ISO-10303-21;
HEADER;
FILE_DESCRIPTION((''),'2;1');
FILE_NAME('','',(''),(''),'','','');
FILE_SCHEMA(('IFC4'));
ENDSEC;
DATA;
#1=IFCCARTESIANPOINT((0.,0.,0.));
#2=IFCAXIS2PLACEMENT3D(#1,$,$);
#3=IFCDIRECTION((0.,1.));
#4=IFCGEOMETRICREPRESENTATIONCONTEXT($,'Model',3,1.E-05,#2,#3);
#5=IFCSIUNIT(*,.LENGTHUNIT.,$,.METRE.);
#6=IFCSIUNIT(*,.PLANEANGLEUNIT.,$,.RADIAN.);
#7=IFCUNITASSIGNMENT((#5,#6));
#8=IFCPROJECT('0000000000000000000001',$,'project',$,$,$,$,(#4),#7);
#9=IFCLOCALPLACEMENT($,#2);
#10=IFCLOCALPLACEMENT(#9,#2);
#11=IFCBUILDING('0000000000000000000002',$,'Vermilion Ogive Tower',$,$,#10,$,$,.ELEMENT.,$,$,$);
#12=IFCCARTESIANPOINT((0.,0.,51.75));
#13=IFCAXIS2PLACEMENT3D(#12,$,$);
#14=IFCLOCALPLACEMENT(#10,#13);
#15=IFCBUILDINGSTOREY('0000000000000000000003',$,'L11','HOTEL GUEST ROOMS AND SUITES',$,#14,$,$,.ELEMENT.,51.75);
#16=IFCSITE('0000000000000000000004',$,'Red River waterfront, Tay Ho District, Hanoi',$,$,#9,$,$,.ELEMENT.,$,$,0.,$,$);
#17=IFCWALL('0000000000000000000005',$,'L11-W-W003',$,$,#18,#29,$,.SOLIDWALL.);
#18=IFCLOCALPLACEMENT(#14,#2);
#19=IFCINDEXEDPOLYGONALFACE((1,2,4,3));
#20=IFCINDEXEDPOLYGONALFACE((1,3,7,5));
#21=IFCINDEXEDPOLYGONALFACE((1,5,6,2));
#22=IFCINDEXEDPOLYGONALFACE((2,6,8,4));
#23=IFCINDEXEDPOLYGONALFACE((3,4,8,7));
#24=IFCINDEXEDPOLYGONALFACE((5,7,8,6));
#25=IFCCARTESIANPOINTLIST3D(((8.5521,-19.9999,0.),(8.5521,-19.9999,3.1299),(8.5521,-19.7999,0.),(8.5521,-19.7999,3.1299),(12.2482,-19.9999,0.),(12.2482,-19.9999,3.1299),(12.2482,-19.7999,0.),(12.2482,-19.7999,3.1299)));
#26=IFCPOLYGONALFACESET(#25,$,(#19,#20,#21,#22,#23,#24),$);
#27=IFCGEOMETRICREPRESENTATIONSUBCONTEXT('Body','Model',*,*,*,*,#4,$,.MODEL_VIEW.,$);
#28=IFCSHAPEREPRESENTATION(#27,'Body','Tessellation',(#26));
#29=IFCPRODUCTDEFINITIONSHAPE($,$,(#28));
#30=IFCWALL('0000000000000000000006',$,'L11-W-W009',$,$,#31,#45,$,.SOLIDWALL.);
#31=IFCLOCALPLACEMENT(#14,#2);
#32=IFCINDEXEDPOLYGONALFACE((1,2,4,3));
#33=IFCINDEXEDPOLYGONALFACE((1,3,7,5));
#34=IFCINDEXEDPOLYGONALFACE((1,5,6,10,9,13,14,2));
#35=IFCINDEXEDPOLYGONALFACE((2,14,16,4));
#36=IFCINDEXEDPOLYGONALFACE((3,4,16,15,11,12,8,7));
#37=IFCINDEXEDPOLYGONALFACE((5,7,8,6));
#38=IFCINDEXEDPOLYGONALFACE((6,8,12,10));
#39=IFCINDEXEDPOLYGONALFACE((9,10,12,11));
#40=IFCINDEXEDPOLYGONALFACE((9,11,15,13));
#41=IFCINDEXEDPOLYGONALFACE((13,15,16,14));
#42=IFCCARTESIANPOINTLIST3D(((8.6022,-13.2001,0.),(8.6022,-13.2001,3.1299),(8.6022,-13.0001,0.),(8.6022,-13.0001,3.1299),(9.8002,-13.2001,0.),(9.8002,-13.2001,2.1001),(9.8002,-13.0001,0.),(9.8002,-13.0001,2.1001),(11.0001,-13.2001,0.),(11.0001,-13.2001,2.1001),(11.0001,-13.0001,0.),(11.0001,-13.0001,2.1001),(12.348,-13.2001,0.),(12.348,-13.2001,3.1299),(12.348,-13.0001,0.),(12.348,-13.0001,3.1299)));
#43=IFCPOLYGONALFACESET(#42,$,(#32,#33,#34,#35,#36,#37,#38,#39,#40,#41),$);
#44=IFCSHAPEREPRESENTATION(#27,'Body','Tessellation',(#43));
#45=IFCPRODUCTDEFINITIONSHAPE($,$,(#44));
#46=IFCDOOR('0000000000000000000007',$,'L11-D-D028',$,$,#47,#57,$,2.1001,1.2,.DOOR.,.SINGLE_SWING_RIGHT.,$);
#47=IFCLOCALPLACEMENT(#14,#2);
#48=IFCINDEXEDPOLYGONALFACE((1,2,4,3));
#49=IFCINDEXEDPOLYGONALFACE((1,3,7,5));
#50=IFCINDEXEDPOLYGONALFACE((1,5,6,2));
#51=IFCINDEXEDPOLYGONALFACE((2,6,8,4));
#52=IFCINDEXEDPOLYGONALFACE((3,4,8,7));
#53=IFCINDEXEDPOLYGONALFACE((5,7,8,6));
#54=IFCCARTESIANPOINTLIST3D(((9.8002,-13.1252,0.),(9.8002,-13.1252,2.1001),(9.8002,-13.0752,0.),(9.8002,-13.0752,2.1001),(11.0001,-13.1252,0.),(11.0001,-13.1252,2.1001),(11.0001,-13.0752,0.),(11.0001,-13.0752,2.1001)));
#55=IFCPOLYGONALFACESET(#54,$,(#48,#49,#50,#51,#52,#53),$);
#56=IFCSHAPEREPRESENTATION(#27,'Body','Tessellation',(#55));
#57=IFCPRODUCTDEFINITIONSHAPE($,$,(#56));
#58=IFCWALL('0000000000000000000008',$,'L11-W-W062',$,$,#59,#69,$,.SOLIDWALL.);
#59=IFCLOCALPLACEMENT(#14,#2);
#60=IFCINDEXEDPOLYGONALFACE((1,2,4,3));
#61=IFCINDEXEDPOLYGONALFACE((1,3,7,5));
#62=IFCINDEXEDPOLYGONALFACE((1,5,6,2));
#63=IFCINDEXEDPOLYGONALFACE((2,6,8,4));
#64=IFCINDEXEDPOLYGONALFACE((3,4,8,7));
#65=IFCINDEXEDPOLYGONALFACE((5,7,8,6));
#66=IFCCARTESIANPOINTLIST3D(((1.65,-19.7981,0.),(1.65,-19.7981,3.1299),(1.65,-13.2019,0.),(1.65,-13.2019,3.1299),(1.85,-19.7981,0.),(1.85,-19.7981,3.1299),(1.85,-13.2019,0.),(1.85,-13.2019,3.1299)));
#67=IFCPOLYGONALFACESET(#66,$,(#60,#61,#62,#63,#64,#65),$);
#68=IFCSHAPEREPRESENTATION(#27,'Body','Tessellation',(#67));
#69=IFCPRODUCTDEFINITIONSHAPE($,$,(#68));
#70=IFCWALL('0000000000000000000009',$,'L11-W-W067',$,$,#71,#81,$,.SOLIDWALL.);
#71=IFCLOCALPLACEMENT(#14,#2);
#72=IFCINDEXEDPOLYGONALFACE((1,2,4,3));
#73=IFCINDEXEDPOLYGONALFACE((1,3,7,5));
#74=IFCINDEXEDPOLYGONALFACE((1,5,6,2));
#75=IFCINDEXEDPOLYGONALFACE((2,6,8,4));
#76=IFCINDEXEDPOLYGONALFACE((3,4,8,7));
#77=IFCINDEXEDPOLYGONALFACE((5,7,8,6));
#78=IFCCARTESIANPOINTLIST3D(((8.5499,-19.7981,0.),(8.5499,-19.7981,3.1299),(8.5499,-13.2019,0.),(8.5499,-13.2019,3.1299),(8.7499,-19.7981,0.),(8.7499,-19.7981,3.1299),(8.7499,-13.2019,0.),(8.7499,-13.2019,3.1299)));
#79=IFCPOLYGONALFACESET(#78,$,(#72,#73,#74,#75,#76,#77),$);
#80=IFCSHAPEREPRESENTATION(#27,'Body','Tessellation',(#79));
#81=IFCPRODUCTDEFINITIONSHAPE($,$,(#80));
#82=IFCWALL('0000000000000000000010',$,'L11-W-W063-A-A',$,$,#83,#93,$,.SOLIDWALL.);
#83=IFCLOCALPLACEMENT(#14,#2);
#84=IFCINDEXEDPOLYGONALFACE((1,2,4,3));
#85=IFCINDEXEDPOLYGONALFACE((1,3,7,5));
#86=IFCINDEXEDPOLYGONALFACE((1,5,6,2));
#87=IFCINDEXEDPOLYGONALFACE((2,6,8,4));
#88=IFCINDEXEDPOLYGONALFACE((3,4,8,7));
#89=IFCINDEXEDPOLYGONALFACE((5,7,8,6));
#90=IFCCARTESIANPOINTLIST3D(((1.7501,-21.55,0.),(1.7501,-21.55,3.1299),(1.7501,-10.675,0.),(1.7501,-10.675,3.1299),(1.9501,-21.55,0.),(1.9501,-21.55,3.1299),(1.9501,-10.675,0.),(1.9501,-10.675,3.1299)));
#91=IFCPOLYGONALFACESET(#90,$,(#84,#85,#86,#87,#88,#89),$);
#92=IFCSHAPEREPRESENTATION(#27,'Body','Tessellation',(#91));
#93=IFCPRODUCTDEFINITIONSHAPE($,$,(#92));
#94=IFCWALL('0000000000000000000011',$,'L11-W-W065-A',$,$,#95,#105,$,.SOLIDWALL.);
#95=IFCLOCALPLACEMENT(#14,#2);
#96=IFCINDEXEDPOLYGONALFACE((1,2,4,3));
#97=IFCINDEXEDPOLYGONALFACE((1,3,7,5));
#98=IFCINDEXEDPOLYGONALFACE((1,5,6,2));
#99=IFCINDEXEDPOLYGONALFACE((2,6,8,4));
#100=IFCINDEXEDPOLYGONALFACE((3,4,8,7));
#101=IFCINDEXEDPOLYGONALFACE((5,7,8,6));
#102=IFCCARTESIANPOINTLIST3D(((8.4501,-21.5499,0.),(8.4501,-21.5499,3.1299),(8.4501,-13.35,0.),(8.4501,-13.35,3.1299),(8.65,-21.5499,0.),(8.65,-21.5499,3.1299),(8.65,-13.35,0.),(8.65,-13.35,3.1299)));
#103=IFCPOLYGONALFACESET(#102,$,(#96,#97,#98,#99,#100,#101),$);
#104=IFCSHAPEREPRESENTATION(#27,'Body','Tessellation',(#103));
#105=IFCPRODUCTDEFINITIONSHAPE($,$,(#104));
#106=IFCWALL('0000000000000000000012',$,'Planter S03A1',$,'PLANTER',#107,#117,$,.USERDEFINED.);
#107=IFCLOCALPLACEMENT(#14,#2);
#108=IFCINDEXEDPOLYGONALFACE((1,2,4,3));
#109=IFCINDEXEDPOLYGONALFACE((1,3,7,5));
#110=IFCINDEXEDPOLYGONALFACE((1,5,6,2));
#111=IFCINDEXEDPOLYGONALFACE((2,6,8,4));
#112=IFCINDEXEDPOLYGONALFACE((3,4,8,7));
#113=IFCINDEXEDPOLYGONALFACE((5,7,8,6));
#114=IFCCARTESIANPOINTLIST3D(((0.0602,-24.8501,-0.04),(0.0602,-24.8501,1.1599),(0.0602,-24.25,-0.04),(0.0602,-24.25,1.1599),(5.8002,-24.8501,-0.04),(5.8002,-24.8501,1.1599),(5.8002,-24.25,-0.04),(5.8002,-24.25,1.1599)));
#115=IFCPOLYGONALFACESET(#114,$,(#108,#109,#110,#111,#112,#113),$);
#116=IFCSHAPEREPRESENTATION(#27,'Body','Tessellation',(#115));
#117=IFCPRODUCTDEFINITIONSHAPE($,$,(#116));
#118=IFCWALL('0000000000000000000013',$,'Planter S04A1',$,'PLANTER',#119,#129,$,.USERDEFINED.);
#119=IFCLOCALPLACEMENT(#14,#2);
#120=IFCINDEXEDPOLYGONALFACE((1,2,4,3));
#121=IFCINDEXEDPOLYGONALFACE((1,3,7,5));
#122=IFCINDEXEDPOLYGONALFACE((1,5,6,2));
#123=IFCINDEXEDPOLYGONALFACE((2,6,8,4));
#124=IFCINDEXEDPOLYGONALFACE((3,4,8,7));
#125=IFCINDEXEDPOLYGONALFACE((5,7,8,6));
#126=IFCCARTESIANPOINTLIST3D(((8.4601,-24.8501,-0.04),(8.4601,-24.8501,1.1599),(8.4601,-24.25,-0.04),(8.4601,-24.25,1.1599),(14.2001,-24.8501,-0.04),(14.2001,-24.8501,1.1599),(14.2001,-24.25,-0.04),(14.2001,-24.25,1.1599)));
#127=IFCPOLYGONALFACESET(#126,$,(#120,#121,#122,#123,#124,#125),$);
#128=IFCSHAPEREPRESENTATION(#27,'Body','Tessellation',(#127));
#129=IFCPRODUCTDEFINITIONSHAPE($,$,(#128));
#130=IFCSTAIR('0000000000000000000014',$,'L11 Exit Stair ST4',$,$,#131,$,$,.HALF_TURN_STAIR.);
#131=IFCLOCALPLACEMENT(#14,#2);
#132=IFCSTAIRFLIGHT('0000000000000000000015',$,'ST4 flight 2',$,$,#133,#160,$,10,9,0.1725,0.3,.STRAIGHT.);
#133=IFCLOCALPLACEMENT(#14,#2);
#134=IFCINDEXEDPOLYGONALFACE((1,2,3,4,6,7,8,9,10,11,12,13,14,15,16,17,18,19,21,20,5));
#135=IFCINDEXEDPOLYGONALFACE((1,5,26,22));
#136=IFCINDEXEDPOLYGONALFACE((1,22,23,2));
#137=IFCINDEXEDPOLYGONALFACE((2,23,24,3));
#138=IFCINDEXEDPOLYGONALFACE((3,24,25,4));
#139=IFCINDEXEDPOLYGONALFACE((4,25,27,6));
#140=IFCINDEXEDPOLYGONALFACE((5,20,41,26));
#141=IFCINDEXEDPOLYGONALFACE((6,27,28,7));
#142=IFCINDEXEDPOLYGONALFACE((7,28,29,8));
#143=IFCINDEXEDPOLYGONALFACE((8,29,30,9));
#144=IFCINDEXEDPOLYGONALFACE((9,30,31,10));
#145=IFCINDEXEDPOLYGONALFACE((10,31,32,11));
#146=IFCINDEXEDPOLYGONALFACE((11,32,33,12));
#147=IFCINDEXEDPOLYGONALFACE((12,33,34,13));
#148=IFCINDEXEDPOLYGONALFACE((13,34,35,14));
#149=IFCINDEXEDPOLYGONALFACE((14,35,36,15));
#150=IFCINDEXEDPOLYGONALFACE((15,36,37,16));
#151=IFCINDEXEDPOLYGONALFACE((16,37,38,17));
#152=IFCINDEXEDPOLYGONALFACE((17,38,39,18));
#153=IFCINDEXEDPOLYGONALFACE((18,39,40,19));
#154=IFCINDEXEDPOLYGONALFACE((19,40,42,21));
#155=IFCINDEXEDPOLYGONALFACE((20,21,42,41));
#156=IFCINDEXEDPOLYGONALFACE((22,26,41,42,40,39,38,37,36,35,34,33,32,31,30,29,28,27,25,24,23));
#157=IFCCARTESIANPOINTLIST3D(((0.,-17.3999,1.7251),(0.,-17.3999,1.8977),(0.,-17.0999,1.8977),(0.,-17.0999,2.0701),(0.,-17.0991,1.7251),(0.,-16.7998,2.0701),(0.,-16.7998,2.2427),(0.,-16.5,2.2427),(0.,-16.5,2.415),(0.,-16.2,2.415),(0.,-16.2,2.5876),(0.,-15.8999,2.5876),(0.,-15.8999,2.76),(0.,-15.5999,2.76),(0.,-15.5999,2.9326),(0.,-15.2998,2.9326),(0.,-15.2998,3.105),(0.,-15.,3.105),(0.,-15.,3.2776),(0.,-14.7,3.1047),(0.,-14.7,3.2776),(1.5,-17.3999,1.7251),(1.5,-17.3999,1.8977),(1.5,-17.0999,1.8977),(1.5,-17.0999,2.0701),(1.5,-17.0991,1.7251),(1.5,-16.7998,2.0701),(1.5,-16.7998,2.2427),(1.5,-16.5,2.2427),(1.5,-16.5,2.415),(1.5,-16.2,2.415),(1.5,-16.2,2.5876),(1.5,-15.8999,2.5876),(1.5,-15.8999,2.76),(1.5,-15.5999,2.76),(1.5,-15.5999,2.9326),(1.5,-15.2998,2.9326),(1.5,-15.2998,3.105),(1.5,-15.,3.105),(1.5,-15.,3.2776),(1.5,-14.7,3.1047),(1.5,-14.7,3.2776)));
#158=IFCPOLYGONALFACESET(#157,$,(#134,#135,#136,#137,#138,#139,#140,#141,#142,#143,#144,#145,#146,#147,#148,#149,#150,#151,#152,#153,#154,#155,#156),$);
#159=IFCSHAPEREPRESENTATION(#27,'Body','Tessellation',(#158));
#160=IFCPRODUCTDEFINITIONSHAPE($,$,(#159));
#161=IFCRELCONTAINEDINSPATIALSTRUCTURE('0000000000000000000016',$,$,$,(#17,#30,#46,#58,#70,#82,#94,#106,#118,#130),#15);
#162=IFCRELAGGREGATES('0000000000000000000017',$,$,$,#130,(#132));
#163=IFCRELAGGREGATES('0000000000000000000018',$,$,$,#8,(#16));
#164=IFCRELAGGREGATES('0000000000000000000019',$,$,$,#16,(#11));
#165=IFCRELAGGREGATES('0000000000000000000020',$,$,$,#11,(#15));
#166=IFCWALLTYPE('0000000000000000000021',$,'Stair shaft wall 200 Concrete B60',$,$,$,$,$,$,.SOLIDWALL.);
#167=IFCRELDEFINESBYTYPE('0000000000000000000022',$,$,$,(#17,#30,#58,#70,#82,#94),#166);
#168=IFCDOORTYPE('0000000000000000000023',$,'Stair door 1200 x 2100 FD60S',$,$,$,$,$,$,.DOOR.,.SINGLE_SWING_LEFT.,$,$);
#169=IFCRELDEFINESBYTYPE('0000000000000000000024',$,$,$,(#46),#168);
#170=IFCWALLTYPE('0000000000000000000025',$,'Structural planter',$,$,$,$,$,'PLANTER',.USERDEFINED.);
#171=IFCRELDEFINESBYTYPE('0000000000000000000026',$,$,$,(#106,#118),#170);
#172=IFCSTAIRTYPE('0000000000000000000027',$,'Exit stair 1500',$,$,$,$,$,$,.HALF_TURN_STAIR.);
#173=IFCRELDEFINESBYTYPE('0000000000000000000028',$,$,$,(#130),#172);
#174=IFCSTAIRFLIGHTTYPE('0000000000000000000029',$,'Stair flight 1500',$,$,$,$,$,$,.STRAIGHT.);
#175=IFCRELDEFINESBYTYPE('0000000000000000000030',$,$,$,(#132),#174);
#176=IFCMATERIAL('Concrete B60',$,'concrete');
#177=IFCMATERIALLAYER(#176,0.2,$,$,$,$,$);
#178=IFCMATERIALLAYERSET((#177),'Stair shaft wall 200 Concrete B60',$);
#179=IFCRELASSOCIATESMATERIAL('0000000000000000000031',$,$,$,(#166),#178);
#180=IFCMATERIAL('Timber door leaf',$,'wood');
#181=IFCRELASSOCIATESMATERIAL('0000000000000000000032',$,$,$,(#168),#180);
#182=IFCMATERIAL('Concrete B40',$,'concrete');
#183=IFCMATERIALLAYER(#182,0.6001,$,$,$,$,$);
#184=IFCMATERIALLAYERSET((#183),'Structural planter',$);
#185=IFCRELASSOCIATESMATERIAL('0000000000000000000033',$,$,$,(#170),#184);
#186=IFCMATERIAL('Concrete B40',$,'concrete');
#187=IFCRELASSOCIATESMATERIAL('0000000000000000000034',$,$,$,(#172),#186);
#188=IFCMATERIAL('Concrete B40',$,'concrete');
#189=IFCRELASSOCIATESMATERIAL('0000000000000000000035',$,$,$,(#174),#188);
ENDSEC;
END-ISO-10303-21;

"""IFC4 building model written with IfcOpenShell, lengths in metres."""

from ifc_helpers import new_model, si_unit, direction, frame, frame_2d, origin, place, context, subcontext, project, spatial, polyline, rectangle, outline, extrude, material, layer, layer_set, type_object, element, fill, aggregate, save


model = new_model("IFC4")

# Units and contexts
model_context = context("Model", 3, precision=1e-05, world=origin(), true_north=direction((0.0, 1.0)))
body_context = subcontext(model_context, "Body", "Model", "MODEL_VIEW")
ifc_project = project(units=[si_unit("LENGTHUNIT", "METRE"), si_unit("PLANEANGLEUNIT", "RADIAN")], contexts=[model_context])

# Site, building, storey
site_placement = place(None, origin())
site = spatial("IfcSite", under=ifc_project, at=site_placement, Name="Red River waterfront, Tay Ho District, Hanoi", CompositionType="ELEMENT", RefElevation=0.0)
building_placement = place(site_placement, origin())
building = spatial("IfcBuilding", under=site, at=building_placement, Name="Vermilion Ogive Tower", CompositionType="ELEMENT")
storey_placement = place(building_placement, frame((0.0, 0.0, 51.75)))
storey = spatial("IfcBuildingStorey", under=building, at=storey_placement, Name="L11", Description="HOTEL GUEST ROOMS AND SUITES", CompositionType="ELEMENT", Elevation=51.75)

# Wall
ifc_material_1 = material(Name="Concrete B60", Category="concrete")
ifc_layer_1 = layer(ifc_material_1, 0.2)
ifc_layer_set_1 = layer_set([ifc_layer_1], Name="Stair shaft wall 200 Concrete B60")
wall_type_1 = type_object("IfcWallType", Name="Stair shaft wall 200 Concrete B60", PredefinedType="SOLIDWALL", material=ifc_layer_set_1)
wall_1_placement = place(storey_placement, frame((8.552, -19.8999, 0.0), z_axis=(0.0, 0.0, 1.0), x_axis=(1.0, 0.0, 0.0)))
element("IfcWall", 1, at=wall_1_placement, inside=storey, type_object=wall_type_1, Name="L11-W-W003", PredefinedType="SOLIDWALL", context=body_context, shape_type="SweptSolid", body=[
    extrude(rectangle(XDim=3.696, YDim=0.2, at=frame_2d((1.8481, 0.0))), origin(), (0.0, 0.0, 1.0), 3.1299),
])

# Wall, opening, door
wall_2_placement = place(storey_placement, frame((8.6021, -13.1001, 0.0), z_axis=(0.0, 0.0, 1.0), x_axis=(1.0, 0.0, 0.0)))
wall_2 = element("IfcWall", 2, at=wall_2_placement, inside=storey, type_object=wall_type_1, Name="L11-W-W009", PredefinedType="SOLIDWALL", context=body_context, shape_type="SweptSolid", body=[
    extrude(rectangle(XDim=3.7458, YDim=0.2, at=frame_2d((1.873, 0.0))), origin(), (0.0, 0.0, 1.0), 3.1299),
])
opening_1_placement = place(wall_2_placement, frame((1.198, 0.0, 0.0)))
opening_1 = element("IfcOpeningElement", 3, at=opening_1_placement, cuts=wall_2, PredefinedType="OPENING", context=body_context, shape_type="SweptSolid", body=[
    extrude(rectangle(XDim=1.2, YDim=2.1001, at=frame_2d((0.6001, 1.05))), frame((0.0, 0.1099, 0.0), z_axis=(0.0, -1.0, 0.0), x_axis=(1.0, 0.0, 0.0)), (0.0, 0.0, 1.0), 0.22),
])
ifc_material_2 = material(Name="Timber door leaf", Category="wood")
door_type_1 = type_object("IfcDoorType", Name="Stair door 1200 x 2100 FD60S", OperationType="SINGLE_SWING_LEFT", PredefinedType="DOOR", material=ifc_material_2)
door_1_placement = place(opening_1_placement, origin())
door_1 = element("IfcDoor", 4, at=door_1_placement, inside=storey, type_object=door_type_1, Name="L11-D-D028", OperationType="SINGLE_SWING_RIGHT", OverallHeight=2.1001, OverallWidth=1.2, PredefinedType="DOOR", context=body_context, shape_type="SweptSolid", body=[
    extrude(rectangle(XDim=1.2, YDim=2.1001, at=frame_2d((0.6001, 1.05))), frame((0.0, 0.0249, 0.0), z_axis=(0.0, -1.0, 0.0), x_axis=(1.0, 0.0, 0.0)), (0.0, 0.0, 1.0), 0.05),
])
fill(opening_1, door_1)

# Walls
for number, where, z_axis, x_axis, name in (
    (5, (1.75, -19.7981, 0.0), (0.0, 0.0, 1.0), (0.0, 1.0, 0.0), "L11-W-W062"),
    (6, (8.6499, -19.7981, 0.0), (0.0, 0.0, 1.0), (0.0, 1.0, 0.0), "L11-W-W067"),
):
    element("IfcWall", number, at=place(storey_placement, frame(where, z_axis=z_axis, x_axis=x_axis)), inside=storey, type_object=wall_type_1, Name=name, PredefinedType="SOLIDWALL", context=body_context, shape_type="SweptSolid", body=[
        extrude(rectangle(XDim=6.5962, YDim=0.2, at=frame_2d((3.2981, 0.0))), origin(), (0.0, 0.0, 1.0), 3.1299),
    ])
wall_3_placement = place(storey_placement, frame((1.8501, -21.55, 0.0), z_axis=(0.0, 0.0, 1.0), x_axis=(0.0, 1.0, 0.0)))
element("IfcWall", 7, at=wall_3_placement, inside=storey, type_object=wall_type_1, Name="L11-W-W063-A-A", PredefinedType="SOLIDWALL", context=body_context, shape_type="SweptSolid", body=[
    extrude(rectangle(XDim=10.875, YDim=0.2, at=frame_2d((5.4375, 0.0))), origin(), (0.0, 0.0, 1.0), 3.1299),
])
wall_4_placement = place(storey_placement, frame((8.55, -21.55, 0.0), z_axis=(0.0, 0.0, 1.0), x_axis=(0.0, 1.0, 0.0)))
element("IfcWall", 8, at=wall_4_placement, inside=storey, type_object=wall_type_1, Name="L11-W-W065-A", PredefinedType="SOLIDWALL", context=body_context, shape_type="SweptSolid", body=[
    extrude(rectangle(XDim=8.2, YDim=0.2, at=frame_2d((4.1001, 0.0))), origin(), (0.0, 0.0, 1.0), 3.1299),
])
ifc_material_3 = material(Name="Concrete B40", Category="concrete")
ifc_layer_2 = layer(ifc_material_3, 0.6001)
ifc_layer_set_2 = layer_set([ifc_layer_2], Name="Structural planter")
wall_type_2 = type_object("IfcWallType", Name="Structural planter", ElementType="PLANTER", PredefinedType="USERDEFINED", material=ifc_layer_set_2)
for number, where, z_axis, x_axis, name in (
    (9, (0.0601, -24.55, -0.04), (0.0, 0.0, 1.0), (1.0, 0.0, 0.0), "Planter S03A1"),
    (10, (8.46, -24.55, -0.04), (0.0, 0.0, 1.0), (1.0, 0.0, 0.0), "Planter S04A1"),
):
    element("IfcWall", number, at=place(storey_placement, frame(where, z_axis=z_axis, x_axis=x_axis)), inside=storey, type_object=wall_type_2, Name=name, ObjectType="PLANTER", PredefinedType="USERDEFINED", context=body_context, shape_type="SweptSolid", body=[
        extrude(rectangle(XDim=5.74, YDim=0.6001, at=frame_2d((2.8701, 0.0))), origin(), (0.0, 0.0, 1.0), 1.2),
    ])

# Stair, stair flight
ifc_material_4 = material(Name="Concrete B40", Category="concrete")
stair_type = type_object("IfcStairType", Name="Exit stair 1500", PredefinedType="HALF_TURN_STAIR", material=ifc_material_4)
stair_placement = place(storey_placement, origin())
stair = element("IfcStair", 11, at=stair_placement, inside=storey, type_object=stair_type, Name="L11 Exit Stair ST4", PredefinedType="HALF_TURN_STAIR")
ifc_material_5 = material(Name="Concrete B40", Category="concrete")
stair_flight_type = type_object("IfcStairFlightType", Name="Stair flight 1500", PredefinedType="STRAIGHT", material=ifc_material_5)
stair_flight_placement = place(storey_placement, frame((0.75, -17.3999, 1.7251), z_axis=(0.0, 0.0, 1.0), x_axis=(0.0, 1.0, 0.0)))
stair_flight = element("IfcStairFlight", 12, at=stair_flight_placement, type_object=stair_flight_type, Name="ST4 flight 2", NumberOfRisers=10, NumberOfTreads=9, PredefinedType="STRAIGHT", RiserHeight=0.1725, TreadLength=0.3, context=body_context, shape_type="SweptSolid", body=[
    extrude(outline(polyline([(0.0, 0.0), (0.0, 0.1726), (0.3, 0.1726), (0.3, 0.345), (0.6001, 0.345), (0.6001, 0.5176), (0.8999, 0.5176), (0.8999, 0.6899), (1.2, 0.6899), (1.2, 0.8625), (1.5, 0.8625), (1.5, 1.0349), (1.8, 1.0349), (1.8, 1.2075), (2.1001, 1.2075), (2.1001, 1.3799), (2.3999, 1.3799), (2.3999, 1.5525), (2.7, 1.5525), (2.7, 1.7251), (2.7, 1.3796), (0.3008, 0.0), (0.0, 0.0)])), frame((0.0, 0.75, 0.0), z_axis=(0.0, -1.0, 0.0), x_axis=(1.0, 0.0, 0.0)), (0.0, 0.0, 1.0), 1.5),
])
aggregate(stair, [stair_flight])

save(model, "model.ifc")
